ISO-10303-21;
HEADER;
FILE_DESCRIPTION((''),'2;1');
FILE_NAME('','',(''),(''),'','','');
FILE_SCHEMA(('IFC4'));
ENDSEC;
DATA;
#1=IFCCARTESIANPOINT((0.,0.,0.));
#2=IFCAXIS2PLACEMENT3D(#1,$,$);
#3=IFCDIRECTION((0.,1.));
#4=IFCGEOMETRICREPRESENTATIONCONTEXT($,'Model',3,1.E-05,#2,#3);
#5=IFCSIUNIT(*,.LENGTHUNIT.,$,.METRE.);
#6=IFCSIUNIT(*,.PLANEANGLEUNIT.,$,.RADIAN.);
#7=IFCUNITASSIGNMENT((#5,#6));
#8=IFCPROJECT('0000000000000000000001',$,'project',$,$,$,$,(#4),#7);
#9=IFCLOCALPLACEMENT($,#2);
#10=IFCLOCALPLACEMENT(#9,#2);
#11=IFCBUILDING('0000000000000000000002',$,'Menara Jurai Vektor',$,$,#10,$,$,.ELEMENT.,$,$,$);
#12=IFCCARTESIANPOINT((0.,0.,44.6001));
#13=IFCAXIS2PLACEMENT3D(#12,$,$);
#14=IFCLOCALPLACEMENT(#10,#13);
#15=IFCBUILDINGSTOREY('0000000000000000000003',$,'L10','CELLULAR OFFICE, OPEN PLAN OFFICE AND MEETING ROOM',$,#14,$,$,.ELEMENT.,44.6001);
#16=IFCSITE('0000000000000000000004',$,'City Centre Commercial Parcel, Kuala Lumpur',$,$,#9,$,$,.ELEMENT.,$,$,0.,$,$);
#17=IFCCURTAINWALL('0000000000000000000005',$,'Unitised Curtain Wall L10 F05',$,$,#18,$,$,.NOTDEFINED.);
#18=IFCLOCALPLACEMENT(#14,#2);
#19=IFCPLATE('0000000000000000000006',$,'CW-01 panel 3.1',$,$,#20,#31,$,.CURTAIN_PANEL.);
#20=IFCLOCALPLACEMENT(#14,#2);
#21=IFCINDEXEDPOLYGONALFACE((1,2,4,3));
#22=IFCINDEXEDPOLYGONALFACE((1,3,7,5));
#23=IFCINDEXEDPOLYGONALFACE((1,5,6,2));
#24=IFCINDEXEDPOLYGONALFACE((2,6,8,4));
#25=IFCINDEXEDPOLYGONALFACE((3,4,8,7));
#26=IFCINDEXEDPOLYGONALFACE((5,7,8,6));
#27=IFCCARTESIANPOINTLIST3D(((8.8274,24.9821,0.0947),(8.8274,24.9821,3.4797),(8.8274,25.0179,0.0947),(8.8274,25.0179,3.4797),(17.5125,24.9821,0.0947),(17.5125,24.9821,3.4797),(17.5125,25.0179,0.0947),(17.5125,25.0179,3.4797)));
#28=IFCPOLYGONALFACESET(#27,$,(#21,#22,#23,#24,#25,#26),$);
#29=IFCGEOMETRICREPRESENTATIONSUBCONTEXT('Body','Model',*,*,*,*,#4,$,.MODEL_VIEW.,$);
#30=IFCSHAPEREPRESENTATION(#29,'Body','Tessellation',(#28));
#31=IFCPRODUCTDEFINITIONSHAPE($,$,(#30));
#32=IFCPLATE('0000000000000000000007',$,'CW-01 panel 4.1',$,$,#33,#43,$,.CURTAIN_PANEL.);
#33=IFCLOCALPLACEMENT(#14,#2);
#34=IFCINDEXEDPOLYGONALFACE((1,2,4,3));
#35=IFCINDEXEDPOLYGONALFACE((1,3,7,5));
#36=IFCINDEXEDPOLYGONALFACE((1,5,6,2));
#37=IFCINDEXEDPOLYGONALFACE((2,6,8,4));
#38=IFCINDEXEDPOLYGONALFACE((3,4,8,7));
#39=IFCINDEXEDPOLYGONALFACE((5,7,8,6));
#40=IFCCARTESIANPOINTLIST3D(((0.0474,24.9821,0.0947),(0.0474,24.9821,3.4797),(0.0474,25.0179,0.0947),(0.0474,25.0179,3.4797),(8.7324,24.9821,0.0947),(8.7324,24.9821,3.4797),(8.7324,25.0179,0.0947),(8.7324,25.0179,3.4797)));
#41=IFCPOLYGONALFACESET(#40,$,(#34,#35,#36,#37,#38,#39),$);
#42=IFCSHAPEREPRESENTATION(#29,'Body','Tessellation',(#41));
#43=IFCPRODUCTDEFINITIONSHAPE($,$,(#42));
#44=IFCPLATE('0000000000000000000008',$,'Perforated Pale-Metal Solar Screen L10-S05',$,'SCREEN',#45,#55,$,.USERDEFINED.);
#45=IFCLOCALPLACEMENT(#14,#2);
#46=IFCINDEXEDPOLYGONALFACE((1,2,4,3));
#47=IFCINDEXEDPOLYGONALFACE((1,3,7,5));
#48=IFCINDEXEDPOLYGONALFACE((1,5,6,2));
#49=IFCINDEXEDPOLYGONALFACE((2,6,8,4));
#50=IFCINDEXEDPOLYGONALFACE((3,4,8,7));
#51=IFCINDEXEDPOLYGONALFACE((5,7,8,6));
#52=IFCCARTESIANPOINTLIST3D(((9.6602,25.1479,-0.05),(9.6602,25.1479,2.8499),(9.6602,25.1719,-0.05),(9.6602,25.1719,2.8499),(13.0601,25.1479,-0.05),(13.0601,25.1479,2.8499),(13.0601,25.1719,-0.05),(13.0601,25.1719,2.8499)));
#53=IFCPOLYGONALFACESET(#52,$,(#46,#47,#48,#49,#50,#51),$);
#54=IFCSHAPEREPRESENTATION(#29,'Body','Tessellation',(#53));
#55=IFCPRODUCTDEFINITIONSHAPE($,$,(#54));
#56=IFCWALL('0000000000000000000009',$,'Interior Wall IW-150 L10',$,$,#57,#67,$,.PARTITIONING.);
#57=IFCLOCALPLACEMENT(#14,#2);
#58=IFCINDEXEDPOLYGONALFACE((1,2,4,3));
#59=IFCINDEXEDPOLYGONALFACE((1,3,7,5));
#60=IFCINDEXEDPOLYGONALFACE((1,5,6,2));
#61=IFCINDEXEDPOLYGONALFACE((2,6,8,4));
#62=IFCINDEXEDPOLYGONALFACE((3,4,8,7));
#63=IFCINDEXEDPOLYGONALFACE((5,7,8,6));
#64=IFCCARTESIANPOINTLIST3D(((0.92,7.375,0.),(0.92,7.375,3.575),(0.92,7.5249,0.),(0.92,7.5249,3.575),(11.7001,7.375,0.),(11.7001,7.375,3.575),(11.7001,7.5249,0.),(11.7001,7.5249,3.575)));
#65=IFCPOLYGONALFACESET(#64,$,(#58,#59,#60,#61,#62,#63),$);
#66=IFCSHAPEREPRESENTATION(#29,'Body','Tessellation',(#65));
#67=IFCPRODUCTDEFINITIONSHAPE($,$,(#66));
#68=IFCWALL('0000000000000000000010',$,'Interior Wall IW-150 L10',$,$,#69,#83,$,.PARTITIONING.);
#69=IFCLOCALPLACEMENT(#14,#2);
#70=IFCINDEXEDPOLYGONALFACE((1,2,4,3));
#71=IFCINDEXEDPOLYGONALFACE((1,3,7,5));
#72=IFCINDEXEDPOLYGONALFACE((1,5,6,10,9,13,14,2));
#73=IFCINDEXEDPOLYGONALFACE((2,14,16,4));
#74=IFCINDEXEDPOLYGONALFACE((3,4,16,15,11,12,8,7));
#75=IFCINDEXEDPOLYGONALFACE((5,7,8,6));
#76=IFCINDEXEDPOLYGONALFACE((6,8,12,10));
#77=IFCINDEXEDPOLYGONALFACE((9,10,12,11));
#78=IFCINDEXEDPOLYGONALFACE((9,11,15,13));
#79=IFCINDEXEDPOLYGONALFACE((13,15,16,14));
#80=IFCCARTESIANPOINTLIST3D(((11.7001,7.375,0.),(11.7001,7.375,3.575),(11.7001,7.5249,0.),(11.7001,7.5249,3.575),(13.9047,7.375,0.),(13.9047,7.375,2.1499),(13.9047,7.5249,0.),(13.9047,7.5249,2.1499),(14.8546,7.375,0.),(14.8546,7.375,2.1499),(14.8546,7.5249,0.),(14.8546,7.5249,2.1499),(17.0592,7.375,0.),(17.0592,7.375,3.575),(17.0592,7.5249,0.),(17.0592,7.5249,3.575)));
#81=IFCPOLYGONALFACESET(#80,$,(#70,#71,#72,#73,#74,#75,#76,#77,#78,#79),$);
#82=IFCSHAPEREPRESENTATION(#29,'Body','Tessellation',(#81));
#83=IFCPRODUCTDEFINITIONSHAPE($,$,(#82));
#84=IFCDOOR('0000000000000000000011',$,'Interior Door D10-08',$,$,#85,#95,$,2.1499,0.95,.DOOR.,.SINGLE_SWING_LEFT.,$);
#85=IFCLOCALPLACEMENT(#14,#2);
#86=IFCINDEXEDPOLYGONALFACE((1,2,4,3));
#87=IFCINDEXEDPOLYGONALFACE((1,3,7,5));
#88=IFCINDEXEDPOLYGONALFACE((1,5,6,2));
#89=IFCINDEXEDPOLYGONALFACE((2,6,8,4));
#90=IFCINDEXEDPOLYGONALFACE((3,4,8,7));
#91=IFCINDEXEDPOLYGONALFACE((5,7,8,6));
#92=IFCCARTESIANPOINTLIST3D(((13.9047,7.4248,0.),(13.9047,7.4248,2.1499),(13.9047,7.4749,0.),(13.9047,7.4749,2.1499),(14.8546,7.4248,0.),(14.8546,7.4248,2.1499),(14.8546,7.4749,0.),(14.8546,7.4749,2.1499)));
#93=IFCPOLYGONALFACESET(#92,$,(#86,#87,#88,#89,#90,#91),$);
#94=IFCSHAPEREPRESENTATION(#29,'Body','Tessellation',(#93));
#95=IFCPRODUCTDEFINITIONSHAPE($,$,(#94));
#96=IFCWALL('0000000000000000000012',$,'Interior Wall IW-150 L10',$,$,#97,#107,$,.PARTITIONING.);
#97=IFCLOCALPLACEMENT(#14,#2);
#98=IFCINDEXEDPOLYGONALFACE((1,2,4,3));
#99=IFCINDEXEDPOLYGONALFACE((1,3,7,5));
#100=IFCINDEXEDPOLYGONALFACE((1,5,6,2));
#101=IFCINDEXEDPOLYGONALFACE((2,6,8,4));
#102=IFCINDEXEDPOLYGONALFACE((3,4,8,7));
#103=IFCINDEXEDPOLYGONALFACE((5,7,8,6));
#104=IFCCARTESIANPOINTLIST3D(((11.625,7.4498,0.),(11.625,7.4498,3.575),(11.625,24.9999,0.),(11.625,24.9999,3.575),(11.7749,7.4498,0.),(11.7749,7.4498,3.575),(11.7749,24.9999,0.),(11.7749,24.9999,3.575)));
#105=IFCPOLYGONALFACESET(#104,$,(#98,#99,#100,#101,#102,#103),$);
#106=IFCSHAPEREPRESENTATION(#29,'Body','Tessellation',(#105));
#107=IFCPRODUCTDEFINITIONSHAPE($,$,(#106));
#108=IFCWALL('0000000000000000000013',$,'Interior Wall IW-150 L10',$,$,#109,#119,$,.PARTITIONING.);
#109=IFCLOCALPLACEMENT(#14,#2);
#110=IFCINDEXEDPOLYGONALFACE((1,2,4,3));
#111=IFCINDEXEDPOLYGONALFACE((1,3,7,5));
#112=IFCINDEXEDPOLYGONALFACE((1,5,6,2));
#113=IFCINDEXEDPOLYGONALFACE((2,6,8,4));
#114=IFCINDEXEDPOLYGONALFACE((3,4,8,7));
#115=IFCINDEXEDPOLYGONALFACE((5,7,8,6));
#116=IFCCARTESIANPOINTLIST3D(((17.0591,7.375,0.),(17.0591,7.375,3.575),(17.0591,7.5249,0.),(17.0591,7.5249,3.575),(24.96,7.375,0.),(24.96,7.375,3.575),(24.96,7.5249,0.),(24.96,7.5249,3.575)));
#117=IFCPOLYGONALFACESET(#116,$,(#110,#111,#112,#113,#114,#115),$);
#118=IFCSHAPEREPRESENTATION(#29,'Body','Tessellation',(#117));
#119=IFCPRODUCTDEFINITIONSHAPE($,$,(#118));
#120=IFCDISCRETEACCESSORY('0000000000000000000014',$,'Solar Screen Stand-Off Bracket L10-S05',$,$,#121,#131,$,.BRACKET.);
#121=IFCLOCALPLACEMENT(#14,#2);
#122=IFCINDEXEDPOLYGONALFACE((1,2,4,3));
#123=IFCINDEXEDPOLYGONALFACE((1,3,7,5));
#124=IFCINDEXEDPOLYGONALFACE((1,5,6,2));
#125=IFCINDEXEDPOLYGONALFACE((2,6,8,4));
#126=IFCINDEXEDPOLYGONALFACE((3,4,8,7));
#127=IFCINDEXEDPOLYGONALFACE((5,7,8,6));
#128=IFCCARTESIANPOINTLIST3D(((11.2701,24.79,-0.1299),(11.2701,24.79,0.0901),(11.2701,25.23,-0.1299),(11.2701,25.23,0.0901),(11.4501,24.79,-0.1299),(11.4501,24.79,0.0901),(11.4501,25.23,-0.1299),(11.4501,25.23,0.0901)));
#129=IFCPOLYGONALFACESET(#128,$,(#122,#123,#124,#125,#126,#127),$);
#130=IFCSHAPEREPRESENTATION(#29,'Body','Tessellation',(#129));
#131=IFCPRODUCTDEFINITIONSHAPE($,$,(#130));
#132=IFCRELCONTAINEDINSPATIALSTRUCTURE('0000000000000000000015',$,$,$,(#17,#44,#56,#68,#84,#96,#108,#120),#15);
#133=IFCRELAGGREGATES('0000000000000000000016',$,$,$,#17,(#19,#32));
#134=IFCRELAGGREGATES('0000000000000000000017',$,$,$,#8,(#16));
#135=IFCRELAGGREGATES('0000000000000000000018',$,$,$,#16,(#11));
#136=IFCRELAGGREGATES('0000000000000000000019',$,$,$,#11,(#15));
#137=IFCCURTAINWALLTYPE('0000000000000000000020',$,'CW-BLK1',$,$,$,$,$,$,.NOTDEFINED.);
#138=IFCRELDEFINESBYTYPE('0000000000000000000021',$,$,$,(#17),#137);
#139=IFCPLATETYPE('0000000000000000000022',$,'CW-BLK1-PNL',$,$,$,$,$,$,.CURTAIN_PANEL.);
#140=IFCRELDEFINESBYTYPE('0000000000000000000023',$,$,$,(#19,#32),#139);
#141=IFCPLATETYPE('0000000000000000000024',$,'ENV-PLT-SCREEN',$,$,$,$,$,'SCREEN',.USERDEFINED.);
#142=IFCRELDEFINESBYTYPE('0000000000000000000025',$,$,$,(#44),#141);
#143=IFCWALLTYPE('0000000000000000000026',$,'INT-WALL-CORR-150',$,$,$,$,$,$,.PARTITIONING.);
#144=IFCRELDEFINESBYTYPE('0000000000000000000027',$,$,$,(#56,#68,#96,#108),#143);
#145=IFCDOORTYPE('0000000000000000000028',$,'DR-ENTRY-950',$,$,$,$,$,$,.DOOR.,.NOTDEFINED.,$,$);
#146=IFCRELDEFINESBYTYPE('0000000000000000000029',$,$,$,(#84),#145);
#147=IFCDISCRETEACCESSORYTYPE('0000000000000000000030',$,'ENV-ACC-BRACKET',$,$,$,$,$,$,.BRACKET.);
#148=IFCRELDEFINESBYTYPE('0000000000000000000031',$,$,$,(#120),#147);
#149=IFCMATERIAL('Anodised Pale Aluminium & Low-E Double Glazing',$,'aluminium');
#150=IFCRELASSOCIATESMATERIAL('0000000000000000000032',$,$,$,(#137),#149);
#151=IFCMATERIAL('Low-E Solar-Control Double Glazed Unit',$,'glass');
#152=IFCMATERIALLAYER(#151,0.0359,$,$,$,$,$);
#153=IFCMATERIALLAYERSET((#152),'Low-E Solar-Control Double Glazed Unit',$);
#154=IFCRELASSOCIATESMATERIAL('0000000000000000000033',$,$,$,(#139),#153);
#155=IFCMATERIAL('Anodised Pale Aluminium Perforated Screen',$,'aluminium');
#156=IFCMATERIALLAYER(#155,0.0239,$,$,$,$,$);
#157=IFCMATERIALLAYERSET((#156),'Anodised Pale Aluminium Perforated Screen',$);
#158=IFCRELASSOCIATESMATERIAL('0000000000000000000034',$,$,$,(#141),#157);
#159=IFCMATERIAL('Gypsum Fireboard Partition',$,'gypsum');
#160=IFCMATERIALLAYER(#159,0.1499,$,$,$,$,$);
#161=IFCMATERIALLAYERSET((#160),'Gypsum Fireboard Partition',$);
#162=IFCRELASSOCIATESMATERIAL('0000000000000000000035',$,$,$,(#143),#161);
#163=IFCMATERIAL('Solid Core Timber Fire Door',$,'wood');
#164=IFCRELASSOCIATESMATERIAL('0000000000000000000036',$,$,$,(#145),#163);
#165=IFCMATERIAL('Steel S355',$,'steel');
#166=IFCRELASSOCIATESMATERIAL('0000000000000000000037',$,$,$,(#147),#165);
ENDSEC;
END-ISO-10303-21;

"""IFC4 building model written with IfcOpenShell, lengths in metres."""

from ifc_helpers import new_model, si_unit, direction, frame, frame_2d, origin, origin_2d, place, context, subcontext, project, spatial, rectangle, extrude, material, layer, layer_set, type_object, element, fill, aggregate, save


model = new_model("IFC4")

# Units and contexts
model_context = context("Model", 3, precision=1e-05, world=origin(), true_north=direction((0.0, 1.0)))
body_context = subcontext(model_context, "Body", "Model", "MODEL_VIEW")
ifc_project = project(units=[si_unit("LENGTHUNIT", "METRE"), si_unit("PLANEANGLEUNIT", "RADIAN")], contexts=[model_context])

# Site, building, storey
site_placement = place(None, origin())
site = spatial("IfcSite", under=ifc_project, at=site_placement, Name="City Centre Commercial Parcel, Kuala Lumpur", CompositionType="ELEMENT", RefElevation=0.0)
building_placement = place(site_placement, origin())
building = spatial("IfcBuilding", under=site, at=building_placement, Name="Menara Jurai Vektor", CompositionType="ELEMENT")
storey_placement = place(building_placement, frame((0.0, 0.0, 44.6001)))
storey = spatial("IfcBuildingStorey", under=building, at=storey_placement, Name="L10", Description="CELLULAR OFFICE, OPEN PLAN OFFICE AND MEETING ROOM", CompositionType="ELEMENT", Elevation=44.6001)

# Curtain wall
ifc_material_1 = material(Name="Anodised Pale Aluminium & Low-E Double Glazing", Category="aluminium")
curtain_wall_type = type_object("IfcCurtainWallType", Name="CW-BLK1", PredefinedType="NOTDEFINED", material=ifc_material_1)
curtain_wall_placement = place(storey_placement, origin())
curtain_wall = element("IfcCurtainWall", 1, at=curtain_wall_placement, inside=storey, type_object=curtain_wall_type, Name="Unitised Curtain Wall L10 F05", PredefinedType="NOTDEFINED")

# Shared definitions
ifc_material_2 = material(Name="Steel S355", Category="steel")

# Plates
ifc_material_3 = material(Name="Low-E Solar-Control Double Glazed Unit", Category="glass")
ifc_layer_1 = layer(ifc_material_3, 0.0359)
ifc_layer_set_1 = layer_set([ifc_layer_1], Name="Low-E Solar-Control Double Glazed Unit")
plate_type_1 = type_object("IfcPlateType", Name="CW-BLK1-PNL", PredefinedType="CURTAIN_PANEL", material=ifc_layer_set_1)
plate_1_placement = place(storey_placement, frame((13.1699, 25.0, 0.0947), z_axis=(0.0, 0.0, 1.0), x_axis=(-1.0, 0.0, 0.0)))
plate_1 = element("IfcPlate", 2, at=plate_1_placement, type_object=plate_type_1, Name="CW-01 panel 3.1", PredefinedType="CURTAIN_PANEL", context=body_context, shape_type="SweptSolid", body=[
    extrude(rectangle(XDim=8.6851, YDim=0.0359, at=origin_2d()), origin(), (0.0, 0.0, 1.0), 3.385),
])
plate_2_placement = place(storey_placement, frame((4.3899, 25.0, 0.0947), z_axis=(0.0, 0.0, 1.0), x_axis=(-1.0, 0.0, 0.0)))
plate_2 = element("IfcPlate", 3, at=plate_2_placement, type_object=plate_type_1, Name="CW-01 panel 4.1", PredefinedType="CURTAIN_PANEL", context=body_context, shape_type="SweptSolid", body=[
    extrude(rectangle(XDim=8.6851, YDim=0.0359, at=origin_2d()), origin(), (0.0, 0.0, 1.0), 3.385),
])
aggregate(curtain_wall, [plate_1, plate_2])
ifc_material_4 = material(Name="Anodised Pale Aluminium Perforated Screen", Category="aluminium")
ifc_layer_2 = layer(ifc_material_4, 0.0239)
ifc_layer_set_2 = layer_set([ifc_layer_2], Name="Anodised Pale Aluminium Perforated Screen")
plate_type_2 = type_object("IfcPlateType", Name="ENV-PLT-SCREEN", ElementType="SCREEN", PredefinedType="USERDEFINED", material=ifc_layer_set_2)
plate_3_placement = place(storey_placement, frame((11.3601, 25.1599, -0.05), z_axis=(0.0, 0.0, 1.0), x_axis=(-1.0, 0.0, 0.0)))
element("IfcPlate", 4, at=plate_3_placement, inside=storey, type_object=plate_type_2, Name="Perforated Pale-Metal Solar Screen L10-S05", ObjectType="SCREEN", PredefinedType="USERDEFINED", context=body_context, shape_type="SweptSolid", body=[
    extrude(rectangle(XDim=3.3999, YDim=0.0239, at=origin_2d()), origin(), (0.0, 0.0, 1.0), 2.8999),
])

# Wall
ifc_material_5 = material(Name="Gypsum Fireboard Partition", Category="gypsum")
ifc_layer_3 = layer(ifc_material_5, 0.1499)
ifc_layer_set_3 = layer_set([ifc_layer_3], Name="Gypsum Fireboard Partition")
wall_type = type_object("IfcWallType", Name="INT-WALL-CORR-150", PredefinedType="PARTITIONING", material=ifc_layer_set_3)
wall_1_placement = place(storey_placement, frame((0.9199, 7.45, 0.0), z_axis=(0.0, 0.0, 1.0), x_axis=(1.0, 0.0, 0.0)))
element("IfcWall", 5, at=wall_1_placement, inside=storey, type_object=wall_type, Name="Interior Wall IW-150 L10", PredefinedType="PARTITIONING", context=body_context, shape_type="SweptSolid", body=[
    extrude(rectangle(XDim=10.78, YDim=0.1499, at=frame_2d((5.3901, 0.0))), origin(), (0.0, 0.0, 1.0), 3.575),
])

# Wall, opening, door
wall_2_placement = place(storey_placement, frame((11.7, 7.45, 0.0), z_axis=(0.0, 0.0, 1.0), x_axis=(1.0, 0.0, 0.0)))
wall_2 = element("IfcWall", 6, at=wall_2_placement, inside=storey, type_object=wall_type, Name="Interior Wall IW-150 L10", PredefinedType="PARTITIONING", context=body_context, shape_type="SweptSolid", body=[
    extrude(rectangle(XDim=5.3591, YDim=0.1499, at=frame_2d((2.6797, 0.0))), origin(), (0.0, 0.0, 1.0), 3.575),
])
opening_placement = place(wall_2_placement, frame((2.2046, 0.0, 0.0)))
opening = element("IfcOpeningElement", 7, at=opening_placement, cuts=wall_2, PredefinedType="OPENING", context=body_context, shape_type="SweptSolid", body=[
    extrude(rectangle(XDim=0.95, YDim=2.1499, at=frame_2d((0.4751, 1.075))), frame((0.0, 0.085, 0.0), z_axis=(0.0, -1.0, 0.0), x_axis=(1.0, 0.0, 0.0)), (0.0, 0.0, 1.0), 0.1699),
])
ifc_material_6 = material(Name="Solid Core Timber Fire Door", Category="wood")
door_type = type_object("IfcDoorType", Name="DR-ENTRY-950", OperationType="NOTDEFINED", PredefinedType="DOOR", material=ifc_material_6)
door_placement = place(opening_placement, origin())
door = element("IfcDoor", 8, at=door_placement, inside=storey, type_object=door_type, Name="Interior Door D10-08", OperationType="SINGLE_SWING_LEFT", OverallHeight=2.1499, OverallWidth=0.95, PredefinedType="DOOR", context=body_context, shape_type="SweptSolid", body=[
    extrude(rectangle(XDim=0.95, YDim=2.1499, at=frame_2d((0.4751, 1.075))), frame((0.0, 0.0249, 0.0), z_axis=(0.0, -1.0, 0.0), x_axis=(1.0, 0.0, 0.0)), (0.0, 0.0, 1.0), 0.05),
])
fill(opening, door)

# Walls
wall_3_placement = place(storey_placement, frame((11.7, 7.45, 0.0), z_axis=(0.0, 0.0, 1.0), x_axis=(0.0, 1.0, 0.0)))
element("IfcWall", 9, at=wall_3_placement, inside=storey, type_object=wall_type, Name="Interior Wall IW-150 L10", PredefinedType="PARTITIONING", context=body_context, shape_type="SweptSolid", body=[
    extrude(rectangle(XDim=17.55, YDim=0.1499, at=frame_2d((8.7749, 0.0))), origin(), (0.0, 0.0, 1.0), 3.575),
])
wall_4_placement = place(storey_placement, frame((17.0591, 7.45, 0.0), z_axis=(0.0, 0.0, 1.0), x_axis=(1.0, 0.0, 0.0)))
element("IfcWall", 10, at=wall_4_placement, inside=storey, type_object=wall_type, Name="Interior Wall IW-150 L10", PredefinedType="PARTITIONING", context=body_context, shape_type="SweptSolid", body=[
    extrude(rectangle(XDim=7.9009, YDim=0.1499, at=frame_2d((3.9504, 0.0))), origin(), (0.0, 0.0, 1.0), 3.575),
])

# Discrete accessory
discrete_accessory_type = type_object("IfcDiscreteAccessoryType", Name="ENV-ACC-BRACKET", PredefinedType="BRACKET", material=ifc_material_2)
discrete_accessory_placement = place(storey_placement, frame((11.3601, 25.01, -0.1299), z_axis=(0.0, 0.0, 1.0), x_axis=(-1.0, 0.0, 0.0)))
element("IfcDiscreteAccessory", 11, at=discrete_accessory_placement, inside=storey, type_object=discrete_accessory_type, Name="Solar Screen Stand-Off Bracket L10-S05", PredefinedType="BRACKET", context=body_context, shape_type="SweptSolid", body=[
    extrude(rectangle(XDim=0.1799, YDim=0.4399, at=origin_2d()), origin(), (0.0, 0.0, 1.0), 0.22),
])

save(model, "model.ifc")
